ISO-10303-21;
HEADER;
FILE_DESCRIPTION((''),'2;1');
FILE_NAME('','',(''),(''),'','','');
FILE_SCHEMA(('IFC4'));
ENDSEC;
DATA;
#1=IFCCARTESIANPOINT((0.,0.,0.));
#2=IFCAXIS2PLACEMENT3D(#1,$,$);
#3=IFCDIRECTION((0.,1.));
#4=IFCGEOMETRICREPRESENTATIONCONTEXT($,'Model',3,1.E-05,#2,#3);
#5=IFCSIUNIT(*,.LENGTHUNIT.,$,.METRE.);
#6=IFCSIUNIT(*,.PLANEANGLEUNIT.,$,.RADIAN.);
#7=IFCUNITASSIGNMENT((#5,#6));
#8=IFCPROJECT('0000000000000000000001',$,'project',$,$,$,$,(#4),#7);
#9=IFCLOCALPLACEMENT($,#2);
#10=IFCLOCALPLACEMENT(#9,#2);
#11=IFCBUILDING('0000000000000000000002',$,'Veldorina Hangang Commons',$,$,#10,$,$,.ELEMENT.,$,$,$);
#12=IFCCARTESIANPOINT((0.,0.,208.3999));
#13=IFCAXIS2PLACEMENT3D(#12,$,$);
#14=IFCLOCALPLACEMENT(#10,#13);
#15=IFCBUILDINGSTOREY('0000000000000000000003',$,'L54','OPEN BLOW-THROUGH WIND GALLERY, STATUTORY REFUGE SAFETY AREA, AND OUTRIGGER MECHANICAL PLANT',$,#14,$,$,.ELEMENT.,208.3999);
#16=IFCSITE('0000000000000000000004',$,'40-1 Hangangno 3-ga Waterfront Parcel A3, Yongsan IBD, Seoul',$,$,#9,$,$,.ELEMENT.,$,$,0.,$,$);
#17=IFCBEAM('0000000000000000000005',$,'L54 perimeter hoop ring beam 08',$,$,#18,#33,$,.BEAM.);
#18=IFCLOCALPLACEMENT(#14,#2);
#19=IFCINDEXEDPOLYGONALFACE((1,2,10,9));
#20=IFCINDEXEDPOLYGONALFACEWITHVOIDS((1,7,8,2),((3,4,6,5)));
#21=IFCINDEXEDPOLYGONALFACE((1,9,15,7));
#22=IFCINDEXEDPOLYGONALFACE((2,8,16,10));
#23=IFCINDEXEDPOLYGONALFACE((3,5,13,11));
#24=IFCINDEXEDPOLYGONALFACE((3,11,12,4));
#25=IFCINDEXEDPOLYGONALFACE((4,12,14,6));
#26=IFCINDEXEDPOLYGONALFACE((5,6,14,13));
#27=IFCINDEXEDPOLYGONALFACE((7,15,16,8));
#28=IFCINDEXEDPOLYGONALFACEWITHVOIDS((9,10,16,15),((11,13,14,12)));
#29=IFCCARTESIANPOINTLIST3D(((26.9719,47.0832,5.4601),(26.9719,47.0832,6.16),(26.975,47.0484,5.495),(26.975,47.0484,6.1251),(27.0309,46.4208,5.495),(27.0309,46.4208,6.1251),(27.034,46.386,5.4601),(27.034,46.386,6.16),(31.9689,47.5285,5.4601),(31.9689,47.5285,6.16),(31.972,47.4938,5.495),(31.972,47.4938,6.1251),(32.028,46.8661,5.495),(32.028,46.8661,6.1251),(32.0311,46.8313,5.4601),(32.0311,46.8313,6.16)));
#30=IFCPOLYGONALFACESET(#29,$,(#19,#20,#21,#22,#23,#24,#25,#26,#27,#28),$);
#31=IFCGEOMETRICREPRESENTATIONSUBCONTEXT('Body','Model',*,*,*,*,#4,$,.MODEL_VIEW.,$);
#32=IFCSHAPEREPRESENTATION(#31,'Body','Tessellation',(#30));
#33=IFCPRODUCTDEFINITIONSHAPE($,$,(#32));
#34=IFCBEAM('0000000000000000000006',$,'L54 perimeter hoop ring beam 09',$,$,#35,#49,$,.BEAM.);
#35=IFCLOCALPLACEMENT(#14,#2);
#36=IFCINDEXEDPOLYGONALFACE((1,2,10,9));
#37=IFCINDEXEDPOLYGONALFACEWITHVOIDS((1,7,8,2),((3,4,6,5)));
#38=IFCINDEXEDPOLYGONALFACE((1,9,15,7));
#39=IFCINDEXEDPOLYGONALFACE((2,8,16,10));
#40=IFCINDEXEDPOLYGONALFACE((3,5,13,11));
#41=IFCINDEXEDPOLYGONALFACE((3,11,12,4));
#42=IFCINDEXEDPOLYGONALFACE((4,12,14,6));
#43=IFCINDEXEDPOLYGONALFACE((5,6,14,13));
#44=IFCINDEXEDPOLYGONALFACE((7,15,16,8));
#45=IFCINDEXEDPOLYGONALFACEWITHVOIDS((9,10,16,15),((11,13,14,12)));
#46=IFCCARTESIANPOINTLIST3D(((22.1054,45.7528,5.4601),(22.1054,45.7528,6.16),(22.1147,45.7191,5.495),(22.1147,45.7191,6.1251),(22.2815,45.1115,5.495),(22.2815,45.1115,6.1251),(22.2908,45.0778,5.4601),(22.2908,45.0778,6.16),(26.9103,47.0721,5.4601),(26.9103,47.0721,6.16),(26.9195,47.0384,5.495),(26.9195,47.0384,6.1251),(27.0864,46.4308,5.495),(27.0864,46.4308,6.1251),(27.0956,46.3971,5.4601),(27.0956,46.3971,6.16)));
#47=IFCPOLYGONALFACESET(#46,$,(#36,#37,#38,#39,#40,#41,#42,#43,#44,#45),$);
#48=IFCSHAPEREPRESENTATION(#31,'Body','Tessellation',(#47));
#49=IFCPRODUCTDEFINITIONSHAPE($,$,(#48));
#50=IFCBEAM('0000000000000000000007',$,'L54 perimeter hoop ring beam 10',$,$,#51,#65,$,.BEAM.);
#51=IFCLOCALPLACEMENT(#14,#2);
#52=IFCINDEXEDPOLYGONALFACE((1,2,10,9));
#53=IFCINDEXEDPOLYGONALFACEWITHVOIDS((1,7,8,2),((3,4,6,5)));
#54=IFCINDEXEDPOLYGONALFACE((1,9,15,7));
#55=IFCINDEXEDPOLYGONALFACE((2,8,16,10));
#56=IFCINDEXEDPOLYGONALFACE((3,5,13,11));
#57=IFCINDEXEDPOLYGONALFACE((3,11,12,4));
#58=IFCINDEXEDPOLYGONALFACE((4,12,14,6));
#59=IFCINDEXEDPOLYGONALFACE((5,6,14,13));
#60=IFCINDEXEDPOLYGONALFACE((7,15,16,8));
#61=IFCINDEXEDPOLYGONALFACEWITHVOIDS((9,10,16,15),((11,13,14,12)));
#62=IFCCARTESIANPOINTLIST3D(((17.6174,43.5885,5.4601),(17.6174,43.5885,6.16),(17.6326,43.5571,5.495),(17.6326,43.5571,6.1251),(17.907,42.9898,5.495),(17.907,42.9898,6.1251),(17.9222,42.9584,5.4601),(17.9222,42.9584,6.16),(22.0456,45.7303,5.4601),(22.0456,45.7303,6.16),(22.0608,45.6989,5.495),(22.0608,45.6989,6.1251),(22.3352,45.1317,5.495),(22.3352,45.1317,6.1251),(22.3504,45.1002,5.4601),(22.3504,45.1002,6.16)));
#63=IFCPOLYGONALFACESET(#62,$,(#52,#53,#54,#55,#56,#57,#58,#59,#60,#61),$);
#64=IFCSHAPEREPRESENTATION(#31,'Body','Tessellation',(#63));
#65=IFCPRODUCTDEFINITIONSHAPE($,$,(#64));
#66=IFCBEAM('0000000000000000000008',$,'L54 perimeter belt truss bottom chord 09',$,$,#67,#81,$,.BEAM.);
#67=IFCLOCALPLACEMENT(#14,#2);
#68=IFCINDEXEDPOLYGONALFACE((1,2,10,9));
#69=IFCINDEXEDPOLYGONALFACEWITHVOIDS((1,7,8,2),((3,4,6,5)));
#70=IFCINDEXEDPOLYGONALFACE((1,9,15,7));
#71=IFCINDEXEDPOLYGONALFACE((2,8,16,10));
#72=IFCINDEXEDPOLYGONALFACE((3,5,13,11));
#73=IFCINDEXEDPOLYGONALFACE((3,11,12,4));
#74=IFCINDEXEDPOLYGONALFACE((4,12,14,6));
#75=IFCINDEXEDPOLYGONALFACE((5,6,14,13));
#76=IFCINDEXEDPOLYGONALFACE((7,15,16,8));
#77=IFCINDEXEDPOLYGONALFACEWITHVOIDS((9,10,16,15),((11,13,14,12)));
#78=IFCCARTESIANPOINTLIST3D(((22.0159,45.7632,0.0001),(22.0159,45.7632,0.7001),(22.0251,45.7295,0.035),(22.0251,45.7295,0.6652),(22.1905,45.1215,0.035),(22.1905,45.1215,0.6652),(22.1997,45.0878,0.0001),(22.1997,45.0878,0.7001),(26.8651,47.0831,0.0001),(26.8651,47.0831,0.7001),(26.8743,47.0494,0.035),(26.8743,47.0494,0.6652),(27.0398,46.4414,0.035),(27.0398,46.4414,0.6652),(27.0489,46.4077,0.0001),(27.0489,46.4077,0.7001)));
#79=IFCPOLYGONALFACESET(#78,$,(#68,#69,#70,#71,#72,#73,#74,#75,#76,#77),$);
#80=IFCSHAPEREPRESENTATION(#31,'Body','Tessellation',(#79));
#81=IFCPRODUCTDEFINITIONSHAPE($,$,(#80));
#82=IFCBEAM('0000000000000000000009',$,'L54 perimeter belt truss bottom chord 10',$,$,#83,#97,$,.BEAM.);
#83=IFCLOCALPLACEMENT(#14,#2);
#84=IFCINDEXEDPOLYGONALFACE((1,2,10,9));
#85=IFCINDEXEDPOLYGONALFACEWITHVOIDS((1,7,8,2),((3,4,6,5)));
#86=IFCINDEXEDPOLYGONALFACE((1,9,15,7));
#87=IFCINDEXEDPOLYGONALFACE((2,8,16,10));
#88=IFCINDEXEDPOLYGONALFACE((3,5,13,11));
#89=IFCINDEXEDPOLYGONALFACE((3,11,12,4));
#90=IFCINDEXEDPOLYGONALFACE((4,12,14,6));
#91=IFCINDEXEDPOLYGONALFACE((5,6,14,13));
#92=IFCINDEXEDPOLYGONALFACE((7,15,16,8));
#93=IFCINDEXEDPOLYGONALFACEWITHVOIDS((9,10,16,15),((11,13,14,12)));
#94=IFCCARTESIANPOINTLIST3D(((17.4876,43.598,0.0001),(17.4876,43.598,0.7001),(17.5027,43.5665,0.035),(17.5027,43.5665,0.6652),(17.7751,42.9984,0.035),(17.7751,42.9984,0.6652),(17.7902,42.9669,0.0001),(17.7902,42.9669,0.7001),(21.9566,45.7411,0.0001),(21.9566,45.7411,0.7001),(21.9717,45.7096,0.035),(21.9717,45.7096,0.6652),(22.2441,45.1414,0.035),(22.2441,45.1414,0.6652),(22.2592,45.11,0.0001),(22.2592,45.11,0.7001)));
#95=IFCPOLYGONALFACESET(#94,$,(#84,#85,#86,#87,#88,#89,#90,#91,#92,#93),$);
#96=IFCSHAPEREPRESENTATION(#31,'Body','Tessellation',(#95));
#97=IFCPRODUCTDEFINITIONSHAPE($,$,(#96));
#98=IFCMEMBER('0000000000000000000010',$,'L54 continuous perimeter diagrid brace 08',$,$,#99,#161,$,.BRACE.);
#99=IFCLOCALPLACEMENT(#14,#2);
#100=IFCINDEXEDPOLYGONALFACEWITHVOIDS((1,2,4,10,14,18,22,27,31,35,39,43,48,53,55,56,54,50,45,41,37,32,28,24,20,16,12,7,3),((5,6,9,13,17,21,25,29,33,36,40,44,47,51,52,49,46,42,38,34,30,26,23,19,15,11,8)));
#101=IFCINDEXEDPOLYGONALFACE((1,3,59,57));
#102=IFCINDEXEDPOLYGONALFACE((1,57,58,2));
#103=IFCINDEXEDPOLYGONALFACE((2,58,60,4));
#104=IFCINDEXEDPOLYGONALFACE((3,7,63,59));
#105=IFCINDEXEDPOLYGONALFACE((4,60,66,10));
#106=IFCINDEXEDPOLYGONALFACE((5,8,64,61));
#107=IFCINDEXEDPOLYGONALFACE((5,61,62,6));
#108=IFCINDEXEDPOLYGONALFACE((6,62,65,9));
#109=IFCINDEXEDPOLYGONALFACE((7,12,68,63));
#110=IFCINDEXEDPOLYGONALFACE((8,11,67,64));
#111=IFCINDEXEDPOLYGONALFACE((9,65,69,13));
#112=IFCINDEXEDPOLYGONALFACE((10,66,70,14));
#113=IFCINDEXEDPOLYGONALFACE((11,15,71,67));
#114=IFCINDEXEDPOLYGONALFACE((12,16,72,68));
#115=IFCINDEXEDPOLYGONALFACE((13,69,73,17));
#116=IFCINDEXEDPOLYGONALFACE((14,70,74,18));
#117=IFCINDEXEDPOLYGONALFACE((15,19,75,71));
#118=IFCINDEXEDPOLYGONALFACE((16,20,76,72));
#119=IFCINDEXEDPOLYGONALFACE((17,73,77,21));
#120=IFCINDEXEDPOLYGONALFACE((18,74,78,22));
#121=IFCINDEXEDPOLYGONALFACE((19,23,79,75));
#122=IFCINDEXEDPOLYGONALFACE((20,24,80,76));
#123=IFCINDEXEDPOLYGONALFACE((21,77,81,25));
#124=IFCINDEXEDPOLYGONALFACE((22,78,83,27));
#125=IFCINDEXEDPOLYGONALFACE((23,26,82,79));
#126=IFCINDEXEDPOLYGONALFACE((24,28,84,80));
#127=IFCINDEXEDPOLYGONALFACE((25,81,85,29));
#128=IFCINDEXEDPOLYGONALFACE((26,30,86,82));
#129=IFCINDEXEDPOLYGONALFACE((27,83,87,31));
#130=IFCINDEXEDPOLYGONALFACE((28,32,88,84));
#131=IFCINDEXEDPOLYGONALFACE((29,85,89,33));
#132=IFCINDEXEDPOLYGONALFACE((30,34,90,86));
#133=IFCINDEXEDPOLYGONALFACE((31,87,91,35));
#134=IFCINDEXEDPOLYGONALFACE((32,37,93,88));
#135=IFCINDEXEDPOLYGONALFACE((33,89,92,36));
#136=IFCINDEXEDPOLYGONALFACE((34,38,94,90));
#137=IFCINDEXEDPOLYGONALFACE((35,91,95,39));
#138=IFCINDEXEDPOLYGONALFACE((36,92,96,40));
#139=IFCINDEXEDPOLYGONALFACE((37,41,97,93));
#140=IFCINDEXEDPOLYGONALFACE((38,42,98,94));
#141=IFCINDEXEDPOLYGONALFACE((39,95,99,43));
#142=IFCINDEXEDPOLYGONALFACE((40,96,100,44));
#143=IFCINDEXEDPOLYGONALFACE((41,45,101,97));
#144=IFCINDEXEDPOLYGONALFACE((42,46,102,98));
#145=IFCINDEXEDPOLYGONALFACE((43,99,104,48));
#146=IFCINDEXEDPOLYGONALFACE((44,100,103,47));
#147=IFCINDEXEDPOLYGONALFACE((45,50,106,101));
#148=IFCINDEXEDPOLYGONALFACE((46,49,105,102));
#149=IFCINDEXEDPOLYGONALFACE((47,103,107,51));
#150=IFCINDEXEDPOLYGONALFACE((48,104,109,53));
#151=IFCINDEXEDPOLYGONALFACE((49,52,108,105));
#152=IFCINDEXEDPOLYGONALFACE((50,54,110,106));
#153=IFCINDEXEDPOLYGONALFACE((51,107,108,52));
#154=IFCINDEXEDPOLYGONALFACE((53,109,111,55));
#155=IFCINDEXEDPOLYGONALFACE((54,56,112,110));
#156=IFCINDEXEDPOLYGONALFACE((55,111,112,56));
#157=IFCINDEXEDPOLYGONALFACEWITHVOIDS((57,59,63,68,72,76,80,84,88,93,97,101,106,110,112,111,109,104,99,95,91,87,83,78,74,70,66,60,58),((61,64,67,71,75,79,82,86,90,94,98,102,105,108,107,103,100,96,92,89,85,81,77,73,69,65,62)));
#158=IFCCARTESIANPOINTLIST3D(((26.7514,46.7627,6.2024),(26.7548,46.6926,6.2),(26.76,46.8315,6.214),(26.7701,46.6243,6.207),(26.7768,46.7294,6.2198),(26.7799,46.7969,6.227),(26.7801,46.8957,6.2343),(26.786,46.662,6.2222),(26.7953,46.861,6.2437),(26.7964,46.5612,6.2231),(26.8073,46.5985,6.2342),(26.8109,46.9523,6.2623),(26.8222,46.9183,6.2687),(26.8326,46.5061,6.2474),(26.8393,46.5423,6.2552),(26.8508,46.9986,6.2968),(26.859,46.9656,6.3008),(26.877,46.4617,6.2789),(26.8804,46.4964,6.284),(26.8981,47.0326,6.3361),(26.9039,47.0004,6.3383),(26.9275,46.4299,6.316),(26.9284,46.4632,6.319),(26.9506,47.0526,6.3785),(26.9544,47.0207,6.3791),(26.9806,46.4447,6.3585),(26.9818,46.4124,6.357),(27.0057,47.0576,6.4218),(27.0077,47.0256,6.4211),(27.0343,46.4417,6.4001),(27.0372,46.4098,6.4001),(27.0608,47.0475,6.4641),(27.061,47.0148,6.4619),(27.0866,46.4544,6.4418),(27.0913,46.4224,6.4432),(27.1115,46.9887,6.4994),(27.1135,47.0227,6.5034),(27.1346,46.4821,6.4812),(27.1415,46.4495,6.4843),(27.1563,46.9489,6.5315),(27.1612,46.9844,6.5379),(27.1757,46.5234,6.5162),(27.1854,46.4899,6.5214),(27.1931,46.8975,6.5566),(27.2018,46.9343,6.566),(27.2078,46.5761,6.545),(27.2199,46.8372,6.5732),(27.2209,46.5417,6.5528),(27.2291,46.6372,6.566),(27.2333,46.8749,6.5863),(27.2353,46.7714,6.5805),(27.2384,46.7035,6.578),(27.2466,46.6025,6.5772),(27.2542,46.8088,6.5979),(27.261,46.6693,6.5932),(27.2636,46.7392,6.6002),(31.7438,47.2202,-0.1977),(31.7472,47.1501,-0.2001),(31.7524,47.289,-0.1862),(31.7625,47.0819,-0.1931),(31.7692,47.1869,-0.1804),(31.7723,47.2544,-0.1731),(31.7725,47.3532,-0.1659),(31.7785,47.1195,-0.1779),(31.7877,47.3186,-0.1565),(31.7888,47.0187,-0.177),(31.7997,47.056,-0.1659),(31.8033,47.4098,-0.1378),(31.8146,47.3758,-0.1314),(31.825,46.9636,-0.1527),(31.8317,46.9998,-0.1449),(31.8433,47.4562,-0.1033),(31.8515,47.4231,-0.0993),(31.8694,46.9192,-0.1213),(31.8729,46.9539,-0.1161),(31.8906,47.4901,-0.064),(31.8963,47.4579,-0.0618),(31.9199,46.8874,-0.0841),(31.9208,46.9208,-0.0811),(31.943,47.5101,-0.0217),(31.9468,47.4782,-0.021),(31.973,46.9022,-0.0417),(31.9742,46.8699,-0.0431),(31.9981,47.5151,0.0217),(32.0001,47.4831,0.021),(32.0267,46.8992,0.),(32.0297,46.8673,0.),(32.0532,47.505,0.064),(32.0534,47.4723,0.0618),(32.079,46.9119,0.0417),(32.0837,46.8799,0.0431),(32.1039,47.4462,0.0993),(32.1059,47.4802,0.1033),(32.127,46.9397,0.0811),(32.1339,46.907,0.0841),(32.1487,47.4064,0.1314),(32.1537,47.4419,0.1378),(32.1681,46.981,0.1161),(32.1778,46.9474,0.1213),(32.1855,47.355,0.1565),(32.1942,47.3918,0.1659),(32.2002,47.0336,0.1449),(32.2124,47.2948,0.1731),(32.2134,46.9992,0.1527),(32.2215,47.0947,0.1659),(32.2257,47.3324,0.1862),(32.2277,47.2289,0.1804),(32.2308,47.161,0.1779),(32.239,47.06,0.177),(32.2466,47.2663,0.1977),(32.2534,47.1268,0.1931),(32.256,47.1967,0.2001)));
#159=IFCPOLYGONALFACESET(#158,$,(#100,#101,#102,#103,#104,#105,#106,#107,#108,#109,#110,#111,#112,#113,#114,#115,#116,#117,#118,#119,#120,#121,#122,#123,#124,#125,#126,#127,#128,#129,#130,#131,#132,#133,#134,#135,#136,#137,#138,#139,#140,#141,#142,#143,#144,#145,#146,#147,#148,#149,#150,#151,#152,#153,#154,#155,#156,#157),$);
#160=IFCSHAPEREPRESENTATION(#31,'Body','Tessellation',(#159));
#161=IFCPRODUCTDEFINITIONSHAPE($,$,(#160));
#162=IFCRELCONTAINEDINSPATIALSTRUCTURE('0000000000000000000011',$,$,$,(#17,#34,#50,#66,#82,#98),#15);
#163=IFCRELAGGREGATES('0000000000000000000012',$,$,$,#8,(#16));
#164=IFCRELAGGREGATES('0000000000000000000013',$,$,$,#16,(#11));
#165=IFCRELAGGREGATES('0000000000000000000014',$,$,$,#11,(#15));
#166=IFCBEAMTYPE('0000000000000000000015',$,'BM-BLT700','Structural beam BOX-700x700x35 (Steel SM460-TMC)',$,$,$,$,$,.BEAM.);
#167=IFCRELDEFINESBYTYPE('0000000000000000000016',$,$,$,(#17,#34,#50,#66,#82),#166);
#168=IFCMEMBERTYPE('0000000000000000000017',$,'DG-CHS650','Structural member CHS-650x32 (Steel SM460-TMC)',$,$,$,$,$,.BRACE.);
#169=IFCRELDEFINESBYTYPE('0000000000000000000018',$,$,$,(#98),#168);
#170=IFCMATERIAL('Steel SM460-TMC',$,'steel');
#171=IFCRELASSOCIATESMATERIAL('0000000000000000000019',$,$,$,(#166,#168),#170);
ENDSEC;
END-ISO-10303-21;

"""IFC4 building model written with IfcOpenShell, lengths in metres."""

from ifc_helpers import new_model, si_unit, direction, frame, origin, origin_2d, place, context, subcontext, project, spatial, hollow_rectangle, hollow_circle, extrude, material, material_profile, profile_set, type_object, element, save


model = new_model("IFC4")

# Units and contexts
model_context = context("Model", 3, precision=1e-05, world=origin(), true_north=direction((0.0, 1.0)))
body_context = subcontext(model_context, "Body", "Model", "MODEL_VIEW")
ifc_project = project(units=[si_unit("LENGTHUNIT", "METRE"), si_unit("PLANEANGLEUNIT", "RADIAN")], contexts=[model_context])

# Site, building, storey
site_placement = place(None, origin())
site = spatial("IfcSite", under=ifc_project, at=site_placement, Name="40-1 Hangangno 3-ga Waterfront Parcel A3, Yongsan IBD, Seoul", CompositionType="ELEMENT", RefElevation=0.0)
building_placement = place(site_placement, origin())
building = spatial("IfcBuilding", under=site, at=building_placement, Name="Veldorina Hangang Commons", CompositionType="ELEMENT")
storey_placement = place(building_placement, frame((0.0, 0.0, 208.3999)))
storey = spatial("IfcBuildingStorey", under=building, at=storey_placement, Name="L54", Description="OPEN BLOW-THROUGH WIND GALLERY, STATUTORY REFUGE SAFETY AREA, AND OUTRIGGER MECHANICAL PLANT", CompositionType="ELEMENT", Elevation=208.3999)

# Beams
ifc_material_1 = material(Name="Steel SM460-TMC", Category="steel")
ifc_material_profile_1 = material_profile(ifc_material_1, hollow_rectangle(XDim=0.7, YDim=0.7, WallThickness=0.0349, at=origin_2d()), Name="BOX-700x700x35")
ifc_profile_set_1 = profile_set([ifc_material_profile_1], Name="Steel SM460-TMC")
beam_type = type_object("IfcBeamType", Name="BM-BLT700", Description="Structural beam BOX-700x700x35 (Steel SM460-TMC)", PredefinedType="BEAM", material=ifc_profile_set_1)
beam_1_placement = place(storey_placement, frame((32.0, 47.1799, 5.8101), z_axis=(-0.996053, -0.088763, 0.0), x_axis=(0.088763, -0.996053, 0.0)))
element("IfcBeam", 1, at=beam_1_placement, inside=storey, type_object=beam_type, Name="L54 perimeter hoop ring beam 08", PredefinedType="BEAM", context=body_context, shape_type="SweptSolid", body=[
    extrude(hollow_rectangle(XDim=0.7, YDim=0.7, WallThickness=0.0349, at=origin_2d()), origin(), (0.0, 0.0, 1.0), 5.0168),
])
beam_2_placement = place(storey_placement, frame((27.0029, 46.7346, 5.8101), z_axis=(-0.964309, -0.26478, 0.0), x_axis=(0.26478, -0.964309, 0.0)))
element("IfcBeam", 2, at=beam_2_placement, inside=storey, type_object=beam_type, Name="L54 perimeter hoop ring beam 09", PredefinedType="BEAM", context=body_context, shape_type="SweptSolid", body=[
    extrude(hollow_rectangle(XDim=0.7, YDim=0.7, WallThickness=0.0349, at=origin_2d()), origin(), (0.0, 0.0, 1.0), 4.9827),
])
beam_3_placement = place(storey_placement, frame((22.198, 45.4153, 5.8101), z_axis=(-0.900226, -0.435422, 0.0), x_axis=(0.435422, -0.900226, 0.0)))
element("IfcBeam", 3, at=beam_3_placement, inside=storey, type_object=beam_type, Name="L54 perimeter hoop ring beam 10", PredefinedType="BEAM", context=body_context, shape_type="SweptSolid", body=[
    extrude(hollow_rectangle(XDim=0.7, YDim=0.7, WallThickness=0.0349, at=origin_2d()), origin(), (0.0, 0.0, 1.0), 4.9189),
])
beam_4_placement = place(storey_placement, frame((26.957, 46.7454, 0.3501), z_axis=(-0.964898, -0.262624, 0.0), x_axis=(0.262624, -0.964898, 0.0)))
element("IfcBeam", 4, at=beam_4_placement, inside=storey, type_object=beam_type, Name="L54 perimeter belt truss bottom chord 09", PredefinedType="BEAM", context=body_context, shape_type="SweptSolid", body=[
    extrude(hollow_rectangle(XDim=0.7, YDim=0.7, WallThickness=0.0349, at=origin_2d()), origin(), (0.0, 0.0, 1.0), 5.0256),
])
beam_5_placement = place(storey_placement, frame((22.1079, 45.4255, 0.3501), z_axis=(-0.901684, -0.432395, 0.0), x_axis=(0.432395, -0.901684, 0.0)))
element("IfcBeam", 5, at=beam_5_placement, inside=storey, type_object=beam_type, Name="L54 perimeter belt truss bottom chord 10", PredefinedType="BEAM", context=body_context, shape_type="SweptSolid", body=[
    extrude(hollow_rectangle(XDim=0.7, YDim=0.7, WallThickness=0.0349, at=origin_2d()), origin(), (0.0, 0.0, 1.0), 4.9563),
])

# Member
ifc_material_profile_2 = material_profile(ifc_material_1, hollow_circle(Radius=0.325, WallThickness=0.032, at=origin_2d()), Name="CHS-650x32")
ifc_profile_set_2 = profile_set([ifc_material_profile_2], Name="Steel SM460-TMC")
member_type_1 = type_object("IfcMemberType", Name="DG-CHS650", Description="Structural member CHS-650x32 (Steel SM460-TMC)", PredefinedType="BRACE", material=ifc_profile_set_2)
member_1_placement = place(storey_placement, frame((32.0, 47.1909, 0.0), z_axis=(-0.614081, -0.056276, 0.787234), x_axis=(0.09126, -0.995827, 0.0)))
element("IfcMember", 6, at=member_1_placement, inside=storey, type_object=member_type_1, Name="L54 continuous perimeter diagrid brace 08", PredefinedType="BRACE", context=body_context, shape_type="SweptSolid", body=[
    extrude(hollow_circle(Radius=0.325, WallThickness=0.032, at=origin_2d()), origin(), (0.0, 0.0, 1.0), 8.1299),
])

save(model, "model.ifc")
